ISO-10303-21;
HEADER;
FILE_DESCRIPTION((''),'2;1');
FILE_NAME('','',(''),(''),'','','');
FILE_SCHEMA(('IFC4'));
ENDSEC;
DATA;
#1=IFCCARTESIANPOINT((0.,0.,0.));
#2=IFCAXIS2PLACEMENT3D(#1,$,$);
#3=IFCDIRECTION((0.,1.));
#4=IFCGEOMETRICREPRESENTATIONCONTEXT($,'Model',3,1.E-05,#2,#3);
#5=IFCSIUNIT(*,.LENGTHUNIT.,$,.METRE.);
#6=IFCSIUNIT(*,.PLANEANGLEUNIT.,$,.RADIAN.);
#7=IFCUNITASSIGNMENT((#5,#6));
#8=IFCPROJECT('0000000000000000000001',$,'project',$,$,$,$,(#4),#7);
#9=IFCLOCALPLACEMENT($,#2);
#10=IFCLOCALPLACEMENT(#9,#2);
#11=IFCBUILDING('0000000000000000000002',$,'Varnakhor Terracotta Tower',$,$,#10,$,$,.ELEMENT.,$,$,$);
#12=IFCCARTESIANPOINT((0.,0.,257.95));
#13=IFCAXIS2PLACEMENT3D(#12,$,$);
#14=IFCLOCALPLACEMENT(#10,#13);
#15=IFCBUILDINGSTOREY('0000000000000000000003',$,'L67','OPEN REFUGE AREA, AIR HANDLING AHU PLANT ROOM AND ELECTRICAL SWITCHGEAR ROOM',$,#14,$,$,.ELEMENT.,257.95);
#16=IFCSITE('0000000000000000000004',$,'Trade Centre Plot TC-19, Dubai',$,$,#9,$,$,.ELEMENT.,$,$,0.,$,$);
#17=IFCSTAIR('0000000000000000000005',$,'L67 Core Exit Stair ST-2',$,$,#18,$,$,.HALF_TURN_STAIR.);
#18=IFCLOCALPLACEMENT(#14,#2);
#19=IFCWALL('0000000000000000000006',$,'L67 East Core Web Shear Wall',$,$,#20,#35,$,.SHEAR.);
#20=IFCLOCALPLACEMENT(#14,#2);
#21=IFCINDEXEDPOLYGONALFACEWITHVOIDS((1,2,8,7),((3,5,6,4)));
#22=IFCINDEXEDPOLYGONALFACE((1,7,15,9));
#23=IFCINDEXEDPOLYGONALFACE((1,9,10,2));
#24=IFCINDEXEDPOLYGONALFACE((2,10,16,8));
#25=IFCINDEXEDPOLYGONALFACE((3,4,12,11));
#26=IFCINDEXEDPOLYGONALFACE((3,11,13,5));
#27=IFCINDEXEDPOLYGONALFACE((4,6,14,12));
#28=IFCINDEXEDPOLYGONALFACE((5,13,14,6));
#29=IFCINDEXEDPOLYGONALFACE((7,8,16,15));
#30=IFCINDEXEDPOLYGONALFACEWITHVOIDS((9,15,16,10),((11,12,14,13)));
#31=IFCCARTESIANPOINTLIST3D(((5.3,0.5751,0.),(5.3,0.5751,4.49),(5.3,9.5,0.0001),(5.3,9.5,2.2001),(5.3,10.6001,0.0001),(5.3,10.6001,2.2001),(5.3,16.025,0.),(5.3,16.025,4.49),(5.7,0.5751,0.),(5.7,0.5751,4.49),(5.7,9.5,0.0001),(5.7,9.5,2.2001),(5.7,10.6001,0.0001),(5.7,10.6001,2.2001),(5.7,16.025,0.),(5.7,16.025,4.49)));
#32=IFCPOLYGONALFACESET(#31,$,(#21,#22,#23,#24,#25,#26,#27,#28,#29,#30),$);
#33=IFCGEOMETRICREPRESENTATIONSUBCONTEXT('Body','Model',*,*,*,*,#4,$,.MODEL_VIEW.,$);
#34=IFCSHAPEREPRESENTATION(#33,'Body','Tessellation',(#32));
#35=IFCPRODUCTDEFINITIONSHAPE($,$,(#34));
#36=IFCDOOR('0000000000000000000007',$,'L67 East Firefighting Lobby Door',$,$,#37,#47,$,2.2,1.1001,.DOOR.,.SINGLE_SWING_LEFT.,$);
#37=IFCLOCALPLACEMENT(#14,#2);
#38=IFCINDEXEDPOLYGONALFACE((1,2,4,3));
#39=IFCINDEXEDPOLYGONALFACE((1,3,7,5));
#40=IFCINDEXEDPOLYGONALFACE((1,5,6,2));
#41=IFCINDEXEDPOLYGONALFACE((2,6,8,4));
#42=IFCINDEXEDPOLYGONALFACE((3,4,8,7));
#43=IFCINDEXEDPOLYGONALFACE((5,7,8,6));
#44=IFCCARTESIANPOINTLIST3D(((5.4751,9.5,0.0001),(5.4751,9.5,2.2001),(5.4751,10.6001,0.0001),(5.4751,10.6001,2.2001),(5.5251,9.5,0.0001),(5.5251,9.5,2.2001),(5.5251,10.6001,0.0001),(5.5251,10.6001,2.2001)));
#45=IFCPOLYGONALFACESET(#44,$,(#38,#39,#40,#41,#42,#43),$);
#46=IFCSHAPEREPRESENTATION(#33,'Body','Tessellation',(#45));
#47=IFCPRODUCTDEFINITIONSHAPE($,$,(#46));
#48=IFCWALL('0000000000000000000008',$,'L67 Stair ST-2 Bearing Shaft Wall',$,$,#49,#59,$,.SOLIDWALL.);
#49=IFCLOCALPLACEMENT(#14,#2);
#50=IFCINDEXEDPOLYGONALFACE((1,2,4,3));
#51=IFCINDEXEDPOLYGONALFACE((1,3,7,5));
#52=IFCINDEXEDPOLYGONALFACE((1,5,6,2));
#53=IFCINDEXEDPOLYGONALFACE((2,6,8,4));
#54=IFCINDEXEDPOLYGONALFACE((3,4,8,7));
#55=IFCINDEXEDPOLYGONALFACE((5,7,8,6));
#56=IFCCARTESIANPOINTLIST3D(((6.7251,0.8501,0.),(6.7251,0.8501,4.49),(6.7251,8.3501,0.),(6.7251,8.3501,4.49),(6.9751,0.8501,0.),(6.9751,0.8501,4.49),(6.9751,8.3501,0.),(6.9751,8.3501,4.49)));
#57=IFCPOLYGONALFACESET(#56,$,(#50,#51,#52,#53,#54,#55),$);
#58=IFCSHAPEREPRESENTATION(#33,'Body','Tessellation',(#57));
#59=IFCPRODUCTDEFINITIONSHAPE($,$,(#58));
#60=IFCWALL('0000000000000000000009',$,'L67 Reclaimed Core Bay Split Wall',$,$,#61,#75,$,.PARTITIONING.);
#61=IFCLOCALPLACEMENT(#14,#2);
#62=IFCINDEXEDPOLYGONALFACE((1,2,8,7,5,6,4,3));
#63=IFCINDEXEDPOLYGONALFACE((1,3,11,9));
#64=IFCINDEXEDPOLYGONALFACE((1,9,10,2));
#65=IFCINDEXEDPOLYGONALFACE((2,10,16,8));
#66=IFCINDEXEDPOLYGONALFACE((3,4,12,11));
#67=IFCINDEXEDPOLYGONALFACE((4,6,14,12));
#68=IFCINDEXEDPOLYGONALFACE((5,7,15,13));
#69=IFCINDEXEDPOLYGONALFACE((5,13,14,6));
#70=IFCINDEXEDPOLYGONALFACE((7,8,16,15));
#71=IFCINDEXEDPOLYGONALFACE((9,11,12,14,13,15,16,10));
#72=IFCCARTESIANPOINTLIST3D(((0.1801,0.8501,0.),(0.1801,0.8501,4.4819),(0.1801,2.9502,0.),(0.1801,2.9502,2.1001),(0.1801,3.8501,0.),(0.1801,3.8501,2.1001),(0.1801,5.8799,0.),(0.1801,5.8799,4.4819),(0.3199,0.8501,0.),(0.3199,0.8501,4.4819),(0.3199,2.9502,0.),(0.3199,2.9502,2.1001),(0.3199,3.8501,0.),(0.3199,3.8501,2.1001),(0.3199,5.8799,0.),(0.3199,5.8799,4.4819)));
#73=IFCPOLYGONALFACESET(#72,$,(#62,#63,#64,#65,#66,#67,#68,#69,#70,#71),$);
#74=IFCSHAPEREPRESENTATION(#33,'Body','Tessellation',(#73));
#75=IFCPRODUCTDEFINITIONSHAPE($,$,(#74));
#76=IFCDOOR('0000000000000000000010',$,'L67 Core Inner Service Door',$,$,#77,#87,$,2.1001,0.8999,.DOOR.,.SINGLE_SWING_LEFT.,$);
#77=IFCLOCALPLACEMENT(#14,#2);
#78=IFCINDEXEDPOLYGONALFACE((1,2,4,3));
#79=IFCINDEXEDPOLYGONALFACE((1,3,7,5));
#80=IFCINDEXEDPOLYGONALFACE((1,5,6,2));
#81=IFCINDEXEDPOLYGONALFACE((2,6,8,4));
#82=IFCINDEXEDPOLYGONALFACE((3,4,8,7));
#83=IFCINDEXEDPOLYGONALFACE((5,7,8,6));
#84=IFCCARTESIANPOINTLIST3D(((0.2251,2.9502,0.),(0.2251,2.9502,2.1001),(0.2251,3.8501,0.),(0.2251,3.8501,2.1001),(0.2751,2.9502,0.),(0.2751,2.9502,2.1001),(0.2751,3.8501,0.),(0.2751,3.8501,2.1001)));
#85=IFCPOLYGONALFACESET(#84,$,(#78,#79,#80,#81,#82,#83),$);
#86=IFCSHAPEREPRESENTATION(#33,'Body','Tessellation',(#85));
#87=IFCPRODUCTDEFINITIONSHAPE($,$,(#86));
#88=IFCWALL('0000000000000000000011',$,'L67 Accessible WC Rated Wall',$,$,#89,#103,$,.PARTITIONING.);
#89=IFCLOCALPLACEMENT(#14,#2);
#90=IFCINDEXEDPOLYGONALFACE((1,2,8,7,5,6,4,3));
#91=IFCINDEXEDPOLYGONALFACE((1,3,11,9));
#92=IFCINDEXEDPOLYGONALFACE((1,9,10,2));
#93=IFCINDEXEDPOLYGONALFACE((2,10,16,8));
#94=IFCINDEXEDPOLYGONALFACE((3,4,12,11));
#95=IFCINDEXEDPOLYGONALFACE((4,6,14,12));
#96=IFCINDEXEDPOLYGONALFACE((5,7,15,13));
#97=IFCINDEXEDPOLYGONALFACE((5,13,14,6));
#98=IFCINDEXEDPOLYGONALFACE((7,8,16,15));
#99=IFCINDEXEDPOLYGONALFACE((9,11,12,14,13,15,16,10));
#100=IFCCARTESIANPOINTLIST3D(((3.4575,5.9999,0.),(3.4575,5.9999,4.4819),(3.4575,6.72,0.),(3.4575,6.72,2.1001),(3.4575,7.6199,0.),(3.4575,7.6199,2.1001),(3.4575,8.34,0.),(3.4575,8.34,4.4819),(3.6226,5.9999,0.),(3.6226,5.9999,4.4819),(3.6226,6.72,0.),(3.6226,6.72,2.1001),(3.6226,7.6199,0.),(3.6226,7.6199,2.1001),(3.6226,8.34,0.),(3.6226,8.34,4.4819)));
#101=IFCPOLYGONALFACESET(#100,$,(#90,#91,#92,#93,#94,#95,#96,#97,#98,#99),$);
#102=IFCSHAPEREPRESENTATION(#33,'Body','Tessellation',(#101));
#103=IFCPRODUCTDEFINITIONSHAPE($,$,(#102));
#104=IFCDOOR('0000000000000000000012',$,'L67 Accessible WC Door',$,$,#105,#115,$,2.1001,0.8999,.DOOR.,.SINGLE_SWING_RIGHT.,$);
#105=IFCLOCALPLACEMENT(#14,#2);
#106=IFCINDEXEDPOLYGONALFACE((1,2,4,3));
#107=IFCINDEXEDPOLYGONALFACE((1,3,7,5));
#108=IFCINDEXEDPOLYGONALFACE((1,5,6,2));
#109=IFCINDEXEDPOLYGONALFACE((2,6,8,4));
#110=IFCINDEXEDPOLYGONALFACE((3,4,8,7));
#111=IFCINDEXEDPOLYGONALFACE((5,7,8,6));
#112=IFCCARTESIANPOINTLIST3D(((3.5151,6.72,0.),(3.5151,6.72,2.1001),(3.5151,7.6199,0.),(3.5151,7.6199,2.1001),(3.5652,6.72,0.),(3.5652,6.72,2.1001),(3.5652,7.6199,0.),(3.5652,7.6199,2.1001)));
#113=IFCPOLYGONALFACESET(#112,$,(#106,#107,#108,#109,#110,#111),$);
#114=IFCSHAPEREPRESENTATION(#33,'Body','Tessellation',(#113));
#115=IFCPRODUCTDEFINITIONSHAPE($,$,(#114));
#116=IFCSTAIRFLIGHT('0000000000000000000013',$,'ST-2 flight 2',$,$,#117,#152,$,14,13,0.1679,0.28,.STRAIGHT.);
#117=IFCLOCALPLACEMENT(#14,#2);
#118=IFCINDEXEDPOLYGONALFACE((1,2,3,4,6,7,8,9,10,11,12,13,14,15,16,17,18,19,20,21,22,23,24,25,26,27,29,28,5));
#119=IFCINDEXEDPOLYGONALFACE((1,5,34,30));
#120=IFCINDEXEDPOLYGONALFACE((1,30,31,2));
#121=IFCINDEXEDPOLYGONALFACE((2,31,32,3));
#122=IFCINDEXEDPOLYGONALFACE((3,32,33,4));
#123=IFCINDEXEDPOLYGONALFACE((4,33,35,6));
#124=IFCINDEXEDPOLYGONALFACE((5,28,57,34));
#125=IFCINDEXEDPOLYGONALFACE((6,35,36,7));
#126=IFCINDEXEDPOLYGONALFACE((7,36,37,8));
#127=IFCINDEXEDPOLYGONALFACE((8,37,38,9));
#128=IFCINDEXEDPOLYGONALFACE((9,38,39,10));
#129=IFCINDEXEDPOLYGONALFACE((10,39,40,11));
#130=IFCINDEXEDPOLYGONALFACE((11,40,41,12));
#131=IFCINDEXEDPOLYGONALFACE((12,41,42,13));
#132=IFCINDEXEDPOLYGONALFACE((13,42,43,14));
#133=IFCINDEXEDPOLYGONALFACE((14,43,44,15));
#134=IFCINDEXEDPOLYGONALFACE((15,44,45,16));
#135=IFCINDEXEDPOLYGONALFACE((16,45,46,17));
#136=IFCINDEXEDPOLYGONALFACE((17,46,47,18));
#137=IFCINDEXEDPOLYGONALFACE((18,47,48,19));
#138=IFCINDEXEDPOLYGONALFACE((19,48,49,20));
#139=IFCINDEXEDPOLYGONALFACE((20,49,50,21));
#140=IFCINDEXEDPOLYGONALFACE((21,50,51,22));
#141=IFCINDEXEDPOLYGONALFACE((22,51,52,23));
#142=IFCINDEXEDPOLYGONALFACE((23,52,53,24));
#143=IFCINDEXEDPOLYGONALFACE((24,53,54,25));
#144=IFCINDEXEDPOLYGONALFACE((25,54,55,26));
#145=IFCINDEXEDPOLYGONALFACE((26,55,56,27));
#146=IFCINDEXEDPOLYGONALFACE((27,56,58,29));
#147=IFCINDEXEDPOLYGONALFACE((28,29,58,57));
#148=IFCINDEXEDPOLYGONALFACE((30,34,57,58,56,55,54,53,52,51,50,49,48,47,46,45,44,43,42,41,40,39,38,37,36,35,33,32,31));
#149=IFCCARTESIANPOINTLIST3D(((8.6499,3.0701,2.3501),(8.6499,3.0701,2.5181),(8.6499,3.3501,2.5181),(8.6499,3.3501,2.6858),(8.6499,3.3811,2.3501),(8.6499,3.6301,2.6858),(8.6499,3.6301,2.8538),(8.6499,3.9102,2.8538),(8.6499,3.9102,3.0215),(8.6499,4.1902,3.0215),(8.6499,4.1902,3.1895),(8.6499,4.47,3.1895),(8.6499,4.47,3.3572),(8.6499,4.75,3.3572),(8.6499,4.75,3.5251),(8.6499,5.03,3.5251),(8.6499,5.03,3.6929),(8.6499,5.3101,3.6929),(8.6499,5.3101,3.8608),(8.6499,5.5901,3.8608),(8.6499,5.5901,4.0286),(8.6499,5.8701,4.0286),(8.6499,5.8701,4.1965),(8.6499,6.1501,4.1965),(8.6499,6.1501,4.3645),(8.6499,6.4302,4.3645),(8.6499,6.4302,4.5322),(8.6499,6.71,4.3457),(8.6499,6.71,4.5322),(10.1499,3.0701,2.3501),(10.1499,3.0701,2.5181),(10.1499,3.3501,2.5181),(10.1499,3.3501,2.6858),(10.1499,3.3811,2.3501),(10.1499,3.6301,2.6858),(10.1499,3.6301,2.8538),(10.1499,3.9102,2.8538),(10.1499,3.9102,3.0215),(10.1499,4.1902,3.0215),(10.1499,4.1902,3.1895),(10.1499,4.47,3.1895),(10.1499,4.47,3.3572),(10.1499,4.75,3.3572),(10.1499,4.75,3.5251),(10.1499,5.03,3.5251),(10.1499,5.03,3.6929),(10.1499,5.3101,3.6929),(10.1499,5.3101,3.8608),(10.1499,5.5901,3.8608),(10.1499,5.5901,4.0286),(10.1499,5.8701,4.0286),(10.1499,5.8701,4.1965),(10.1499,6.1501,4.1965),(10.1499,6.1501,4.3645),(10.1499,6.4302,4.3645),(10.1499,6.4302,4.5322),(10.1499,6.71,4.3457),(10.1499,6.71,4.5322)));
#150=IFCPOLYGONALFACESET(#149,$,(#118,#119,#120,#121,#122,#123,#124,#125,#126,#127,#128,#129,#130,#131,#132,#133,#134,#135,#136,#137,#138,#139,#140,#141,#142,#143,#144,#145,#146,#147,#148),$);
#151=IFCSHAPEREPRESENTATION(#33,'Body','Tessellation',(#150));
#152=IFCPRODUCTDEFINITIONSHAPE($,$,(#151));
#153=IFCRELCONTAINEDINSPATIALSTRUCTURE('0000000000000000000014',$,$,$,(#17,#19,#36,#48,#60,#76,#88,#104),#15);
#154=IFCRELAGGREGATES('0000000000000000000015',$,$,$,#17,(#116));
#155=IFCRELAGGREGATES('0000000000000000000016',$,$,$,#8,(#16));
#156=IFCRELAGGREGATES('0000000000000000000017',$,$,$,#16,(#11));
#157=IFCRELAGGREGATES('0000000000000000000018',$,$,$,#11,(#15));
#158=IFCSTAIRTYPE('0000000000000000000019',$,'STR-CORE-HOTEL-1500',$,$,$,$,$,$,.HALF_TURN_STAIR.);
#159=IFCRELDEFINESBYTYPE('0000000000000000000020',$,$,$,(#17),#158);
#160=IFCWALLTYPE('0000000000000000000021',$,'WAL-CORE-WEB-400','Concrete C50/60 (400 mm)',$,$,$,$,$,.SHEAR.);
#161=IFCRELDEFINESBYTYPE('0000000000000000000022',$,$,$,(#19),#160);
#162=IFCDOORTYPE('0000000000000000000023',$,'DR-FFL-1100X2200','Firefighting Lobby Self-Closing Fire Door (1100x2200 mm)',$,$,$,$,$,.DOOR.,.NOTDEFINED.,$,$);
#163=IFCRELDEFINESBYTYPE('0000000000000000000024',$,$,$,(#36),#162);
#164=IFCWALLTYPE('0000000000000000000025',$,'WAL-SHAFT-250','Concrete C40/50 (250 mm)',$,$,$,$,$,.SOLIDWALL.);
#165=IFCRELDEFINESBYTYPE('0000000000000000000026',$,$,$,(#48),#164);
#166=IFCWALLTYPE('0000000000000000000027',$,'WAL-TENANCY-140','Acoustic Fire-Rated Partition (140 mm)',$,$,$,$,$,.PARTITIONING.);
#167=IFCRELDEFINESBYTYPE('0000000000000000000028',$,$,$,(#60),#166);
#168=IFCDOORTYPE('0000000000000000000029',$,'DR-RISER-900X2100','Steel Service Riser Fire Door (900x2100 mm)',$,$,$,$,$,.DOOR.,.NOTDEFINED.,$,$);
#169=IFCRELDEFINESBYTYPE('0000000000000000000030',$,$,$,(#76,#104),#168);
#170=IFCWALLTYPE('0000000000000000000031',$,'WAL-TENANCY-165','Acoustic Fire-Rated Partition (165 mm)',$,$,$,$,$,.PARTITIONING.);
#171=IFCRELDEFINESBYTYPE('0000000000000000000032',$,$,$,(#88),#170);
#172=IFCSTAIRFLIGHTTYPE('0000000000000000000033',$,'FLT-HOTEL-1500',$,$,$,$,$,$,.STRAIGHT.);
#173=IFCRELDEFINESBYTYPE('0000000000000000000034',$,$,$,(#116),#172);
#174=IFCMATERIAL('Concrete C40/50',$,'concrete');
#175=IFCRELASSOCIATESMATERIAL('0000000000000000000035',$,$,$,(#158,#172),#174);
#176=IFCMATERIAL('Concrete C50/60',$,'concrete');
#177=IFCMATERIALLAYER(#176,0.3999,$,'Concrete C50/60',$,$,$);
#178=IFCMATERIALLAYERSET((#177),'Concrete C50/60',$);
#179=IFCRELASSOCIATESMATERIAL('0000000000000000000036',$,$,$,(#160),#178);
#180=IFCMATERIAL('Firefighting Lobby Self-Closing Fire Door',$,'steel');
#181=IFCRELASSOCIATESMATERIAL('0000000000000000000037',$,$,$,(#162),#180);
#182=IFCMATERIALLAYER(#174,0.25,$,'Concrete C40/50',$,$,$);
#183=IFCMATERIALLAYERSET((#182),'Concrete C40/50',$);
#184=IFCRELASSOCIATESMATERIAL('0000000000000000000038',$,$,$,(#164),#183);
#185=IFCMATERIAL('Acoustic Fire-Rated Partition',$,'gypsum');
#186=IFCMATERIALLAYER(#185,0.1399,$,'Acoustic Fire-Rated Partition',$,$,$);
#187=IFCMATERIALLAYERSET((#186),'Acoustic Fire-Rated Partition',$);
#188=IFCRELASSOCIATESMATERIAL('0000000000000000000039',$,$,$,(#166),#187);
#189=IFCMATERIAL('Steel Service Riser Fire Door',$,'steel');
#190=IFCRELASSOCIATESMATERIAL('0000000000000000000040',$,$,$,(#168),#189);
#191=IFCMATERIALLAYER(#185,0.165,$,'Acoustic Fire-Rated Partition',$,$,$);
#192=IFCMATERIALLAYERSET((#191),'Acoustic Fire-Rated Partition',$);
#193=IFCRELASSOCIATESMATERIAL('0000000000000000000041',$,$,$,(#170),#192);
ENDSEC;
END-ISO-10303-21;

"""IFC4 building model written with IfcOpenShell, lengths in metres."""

from ifc_helpers import new_model, si_unit, direction, frame, frame_2d, origin, place, context, subcontext, project, spatial, polyline, rectangle, outline, extrude, source, transform, mapped, material, layer, layer_set, type_object, type_shapes, element, fill, aggregate, save


model = new_model("IFC4")

# Units and contexts
model_context = context("Model", 3, precision=1e-05, world=origin(), true_north=direction((0.0, 1.0)))
body_context = subcontext(model_context, "Body", "Model", "MODEL_VIEW")
ifc_project = project(units=[si_unit("LENGTHUNIT", "METRE"), si_unit("PLANEANGLEUNIT", "RADIAN")], contexts=[model_context])

# Site, building, storey
site_placement = place(None, origin())
site = spatial("IfcSite", under=ifc_project, at=site_placement, Name="Trade Centre Plot TC-19, Dubai", CompositionType="ELEMENT", RefElevation=0.0)
building_placement = place(site_placement, origin())
building = spatial("IfcBuilding", under=site, at=building_placement, Name="Varnakhor Terracotta Tower", CompositionType="ELEMENT")
storey_placement = place(building_placement, frame((0.0, 0.0, 257.95)))
storey = spatial("IfcBuildingStorey", under=building, at=storey_placement, Name="L67", Description="OPEN REFUGE AREA, AIR HANDLING AHU PLANT ROOM AND ELECTRICAL SWITCHGEAR ROOM", CompositionType="ELEMENT", Elevation=257.95)

# Shared definitions
ifc_material_1 = material(Name="Concrete C50/60", Category="concrete")

# Stair
ifc_material_2 = material(Name="Concrete C40/50", Category="concrete")
stair_type = type_object("IfcStairType", Name="STR-CORE-HOTEL-1500", PredefinedType="HALF_TURN_STAIR", material=ifc_material_2)
stair_1_placement = place(storey_placement, origin())
stair_1 = element("IfcStair", 1, at=stair_1_placement, inside=storey, type_object=stair_type, Name="L67 Core Exit Stair ST-2", PredefinedType="HALF_TURN_STAIR")

# Wall, opening, door
ifc_layer_1 = layer(ifc_material_1, 0.3999, Name="Concrete C50/60")
ifc_layer_set_1 = layer_set([ifc_layer_1], Name="Concrete C50/60")
wall_type_1 = type_object("IfcWallType", Name="WAL-CORE-WEB-400", Description="Concrete C50/60 (400 mm)", PredefinedType="SHEAR", material=ifc_layer_set_1)
wall_1_placement = place(storey_placement, frame((5.5, 0.575, 0.0), z_axis=(0.0, 0.0, 1.0), x_axis=(0.0, 1.0, 0.0)))
wall_1 = element("IfcWall", 2, at=wall_1_placement, inside=storey, type_object=wall_type_1, Name="L67 East Core Web Shear Wall", PredefinedType="SHEAR", context=body_context, shape_type="SweptSolid", body=[
    extrude(rectangle(XDim=15.45, YDim=0.3999, at=frame_2d((7.7251, 0.0))), origin(), (0.0, 0.0, 1.0), 4.49),
])
opening_1_placement = place(wall_1_placement, frame((8.925, 0.0, 0.0)))
opening_1 = element("IfcOpeningElement", 3, at=opening_1_placement, cuts=wall_1, PredefinedType="OPENING", context=body_context, shape_type="SweptSolid", body=[
    extrude(rectangle(XDim=1.1001, YDim=2.2, at=frame_2d((0.55, 1.1001))), frame((0.0, 0.21, 0.0), z_axis=(0.0, -1.0, 0.0), x_axis=(1.0, 0.0, 0.0)), (0.0, 0.0, 1.0), 0.4199),
])
ifc_material_3 = material(Name="Firefighting Lobby Self-Closing Fire Door", Category="steel")
door_type_1 = type_object("IfcDoorType", Name="DR-FFL-1100X2200", Description="Firefighting Lobby Self-Closing Fire Door (1100x2200 mm)", OperationType="NOTDEFINED", PredefinedType="DOOR", material=ifc_material_3)
shared_shape_1 = source(origin(), body_context, "Body", "SweptSolid", [
    extrude(rectangle(XDim=1.1001, YDim=2.2, at=frame_2d((0.55, 1.1001))), frame((0.0, 0.0249, 0.0), z_axis=(0.0, -1.0, 0.0), x_axis=(1.0, 0.0, 0.0)), (0.0, 0.0, 1.0), 0.05),
])
type_shapes(door_type_1, [shared_shape_1])
door_1_placement = place(opening_1_placement, origin())
door_1 = element("IfcDoor", 4, at=door_1_placement, inside=storey, type_object=door_type_1, Name="L67 East Firefighting Lobby Door", OperationType="SINGLE_SWING_LEFT", OverallHeight=2.2, OverallWidth=1.1001, PredefinedType="DOOR", context=body_context, shape_type="MappedRepresentation", body=[
    mapped(shared_shape_1, transform((0.0, 0.0, 0.0), scale=1.0)),
])
fill(opening_1, door_1)

# Wall
ifc_layer_2 = layer(ifc_material_2, 0.25, Name="Concrete C40/50")
ifc_layer_set_2 = layer_set([ifc_layer_2], Name="Concrete C40/50")
wall_type_2 = type_object("IfcWallType", Name="WAL-SHAFT-250", Description="Concrete C40/50 (250 mm)", PredefinedType="SOLIDWALL", material=ifc_layer_set_2)
wall_2_placement = place(storey_placement, frame((6.8501, 0.8501, 0.0), z_axis=(0.0, 0.0, 1.0), x_axis=(0.0, 1.0, 0.0)))
element("IfcWall", 5, at=wall_2_placement, inside=storey, type_object=wall_type_2, Name="L67 Stair ST-2 Bearing Shaft Wall", PredefinedType="SOLIDWALL", context=body_context, shape_type="SweptSolid", body=[
    extrude(rectangle(XDim=7.5, YDim=0.25, at=frame_2d((3.75, 0.0))), origin(), (0.0, 0.0, 1.0), 4.49),
])

# Walls, openings, doors
ifc_material_4 = material(Name="Acoustic Fire-Rated Partition", Category="gypsum")
ifc_layer_3 = layer(ifc_material_4, 0.1399, Name="Acoustic Fire-Rated Partition")
ifc_layer_set_3 = layer_set([ifc_layer_3], Name="Acoustic Fire-Rated Partition")
wall_type_3 = type_object("IfcWallType", Name="WAL-TENANCY-140", Description="Acoustic Fire-Rated Partition (140 mm)", PredefinedType="PARTITIONING", material=ifc_layer_set_3)
wall_3_placement = place(storey_placement, frame((0.25, 0.8501, 0.0), z_axis=(0.0, 0.0, 1.0), x_axis=(0.0, 1.0, 0.0)))
wall_3 = element("IfcWall", 6, at=wall_3_placement, inside=storey, type_object=wall_type_3, Name="L67 Reclaimed Core Bay Split Wall", PredefinedType="PARTITIONING", context=body_context, shape_type="SweptSolid", body=[
    extrude(rectangle(XDim=5.0298, YDim=0.1399, at=frame_2d((2.5149, 0.0))), origin(), (0.0, 0.0, 1.0), 4.4819),
])
opening_2_placement = place(wall_3_placement, frame((2.1001, 0.0, 0.0)))
opening_2 = element("IfcOpeningElement", 7, at=opening_2_placement, cuts=wall_3, PredefinedType="OPENING", context=body_context, shape_type="SweptSolid", body=[
    extrude(rectangle(XDim=0.8999, YDim=2.1001, at=frame_2d((0.45, 1.05))), frame((0.0, 0.0801, 0.0), z_axis=(0.0, -1.0, 0.0), x_axis=(1.0, 0.0, 0.0)), (0.0, 0.0, 1.0), 0.1599),
])
ifc_material_5 = material(Name="Steel Service Riser Fire Door", Category="steel")
door_type_2 = type_object("IfcDoorType", Name="DR-RISER-900X2100", Description="Steel Service Riser Fire Door (900x2100 mm)", OperationType="NOTDEFINED", PredefinedType="DOOR", material=ifc_material_5)
shared_shape_2 = source(origin(), body_context, "Body", "SweptSolid", [
    extrude(rectangle(XDim=0.8999, YDim=2.1001, at=frame_2d((0.45, 1.05))), frame((0.0, 0.0249, 0.0), z_axis=(0.0, -1.0, 0.0), x_axis=(1.0, 0.0, 0.0)), (0.0, 0.0, 1.0), 0.05),
])
type_shapes(door_type_2, [shared_shape_2])
door_2_placement = place(opening_2_placement, origin())
door_2 = element("IfcDoor", 8, at=door_2_placement, inside=storey, type_object=door_type_2, Name="L67 Core Inner Service Door", OperationType="SINGLE_SWING_LEFT", OverallHeight=2.1001, OverallWidth=0.8999, PredefinedType="DOOR", context=body_context, shape_type="MappedRepresentation", body=[
    mapped(shared_shape_2, transform((0.0, 0.0, 0.0), scale=1.0)),
])
fill(opening_2, door_2)
ifc_layer_4 = layer(ifc_material_4, 0.165, Name="Acoustic Fire-Rated Partition")
ifc_layer_set_4 = layer_set([ifc_layer_4], Name="Acoustic Fire-Rated Partition")
wall_type_4 = type_object("IfcWallType", Name="WAL-TENANCY-165", Description="Acoustic Fire-Rated Partition (165 mm)", PredefinedType="PARTITIONING", material=ifc_layer_set_4)
wall_4_placement = place(storey_placement, frame((3.54, 6.0, 0.0), z_axis=(0.0, 0.0, 1.0), x_axis=(0.0, 1.0, 0.0)))
wall_4 = element("IfcWall", 9, at=wall_4_placement, inside=storey, type_object=wall_type_4, Name="L67 Accessible WC Rated Wall", PredefinedType="PARTITIONING", context=body_context, shape_type="SweptSolid", body=[
    extrude(rectangle(XDim=2.3401, YDim=0.165, at=frame_2d((1.1699, 0.0))), origin(), (0.0, 0.0, 1.0), 4.4819),
])
opening_3_placement = place(wall_4_placement, frame((0.72, 0.0, 0.0)))
opening_3 = element("IfcOpeningElement", 10, at=opening_3_placement, cuts=wall_4, PredefinedType="OPENING", context=body_context, shape_type="SweptSolid", body=[
    extrude(rectangle(XDim=0.8999, YDim=2.1001, at=frame_2d((0.45, 1.05))), frame((0.0, 0.0925, 0.0), z_axis=(0.0, -1.0, 0.0), x_axis=(1.0, 0.0, 0.0)), (0.0, 0.0, 1.0), 0.1851),
])
door_3_placement = place(opening_3_placement, origin())
door_3 = element("IfcDoor", 11, at=door_3_placement, inside=storey, type_object=door_type_2, Name="L67 Accessible WC Door", OperationType="SINGLE_SWING_RIGHT", OverallHeight=2.1001, OverallWidth=0.8999, PredefinedType="DOOR", context=body_context, shape_type="MappedRepresentation", body=[
    mapped(shared_shape_2, transform((0.0, 0.0, 0.0), scale=1.0)),
])
fill(opening_3, door_3)

# Stair flight
stair_flight_type = type_object("IfcStairFlightType", Name="FLT-HOTEL-1500", PredefinedType="STRAIGHT", material=ifc_material_2)
stair_flight_placement = place(storey_placement, frame((9.3999, 3.0701, 2.3501), z_axis=(0.0, 0.0, 1.0), x_axis=(0.0, 1.0, 0.0)))
stair_flight = element("IfcStairFlight", 12, at=stair_flight_placement, type_object=stair_flight_type, Name="ST-2 flight 2", NumberOfRisers=14, NumberOfTreads=13, PredefinedType="STRAIGHT", RiserHeight=0.1679, TreadLength=0.28, context=body_context, shape_type="SweptSolid", body=[
    extrude(outline(polyline([(0.0, 0.0), (0.0, 0.168), (0.28, 0.168), (0.28, 0.3357), (0.5601, 0.3357), (0.5601, 0.5037), (0.8401, 0.5037), (0.8401, 0.6714), (1.1201, 0.6714), (1.1201, 0.8394), (1.3999, 0.8394), (1.3999, 1.0071), (1.6799, 1.0071), (1.6799, 1.175), (1.96, 1.175), (1.96, 1.3428), (2.24, 1.3428), (2.24, 1.5107), (2.52, 1.5107), (2.52, 1.6785), (2.8, 1.6785), (2.8, 1.8464), (3.0801, 1.8464), (3.0801, 2.0144), (3.3601, 2.0144), (3.3601, 2.1821), (3.6399, 2.1821), (3.6399, 2.3501), (3.6399, 1.9956), (0.311, 0.0), (0.0, 0.0)])), frame((0.0, 0.75, 0.0), z_axis=(0.0, -1.0, 0.0), x_axis=(1.0, 0.0, 0.0)), (0.0, 0.0, 1.0), 1.5),
])
aggregate(stair_1, [stair_flight])

save(model, "model.ifc")
